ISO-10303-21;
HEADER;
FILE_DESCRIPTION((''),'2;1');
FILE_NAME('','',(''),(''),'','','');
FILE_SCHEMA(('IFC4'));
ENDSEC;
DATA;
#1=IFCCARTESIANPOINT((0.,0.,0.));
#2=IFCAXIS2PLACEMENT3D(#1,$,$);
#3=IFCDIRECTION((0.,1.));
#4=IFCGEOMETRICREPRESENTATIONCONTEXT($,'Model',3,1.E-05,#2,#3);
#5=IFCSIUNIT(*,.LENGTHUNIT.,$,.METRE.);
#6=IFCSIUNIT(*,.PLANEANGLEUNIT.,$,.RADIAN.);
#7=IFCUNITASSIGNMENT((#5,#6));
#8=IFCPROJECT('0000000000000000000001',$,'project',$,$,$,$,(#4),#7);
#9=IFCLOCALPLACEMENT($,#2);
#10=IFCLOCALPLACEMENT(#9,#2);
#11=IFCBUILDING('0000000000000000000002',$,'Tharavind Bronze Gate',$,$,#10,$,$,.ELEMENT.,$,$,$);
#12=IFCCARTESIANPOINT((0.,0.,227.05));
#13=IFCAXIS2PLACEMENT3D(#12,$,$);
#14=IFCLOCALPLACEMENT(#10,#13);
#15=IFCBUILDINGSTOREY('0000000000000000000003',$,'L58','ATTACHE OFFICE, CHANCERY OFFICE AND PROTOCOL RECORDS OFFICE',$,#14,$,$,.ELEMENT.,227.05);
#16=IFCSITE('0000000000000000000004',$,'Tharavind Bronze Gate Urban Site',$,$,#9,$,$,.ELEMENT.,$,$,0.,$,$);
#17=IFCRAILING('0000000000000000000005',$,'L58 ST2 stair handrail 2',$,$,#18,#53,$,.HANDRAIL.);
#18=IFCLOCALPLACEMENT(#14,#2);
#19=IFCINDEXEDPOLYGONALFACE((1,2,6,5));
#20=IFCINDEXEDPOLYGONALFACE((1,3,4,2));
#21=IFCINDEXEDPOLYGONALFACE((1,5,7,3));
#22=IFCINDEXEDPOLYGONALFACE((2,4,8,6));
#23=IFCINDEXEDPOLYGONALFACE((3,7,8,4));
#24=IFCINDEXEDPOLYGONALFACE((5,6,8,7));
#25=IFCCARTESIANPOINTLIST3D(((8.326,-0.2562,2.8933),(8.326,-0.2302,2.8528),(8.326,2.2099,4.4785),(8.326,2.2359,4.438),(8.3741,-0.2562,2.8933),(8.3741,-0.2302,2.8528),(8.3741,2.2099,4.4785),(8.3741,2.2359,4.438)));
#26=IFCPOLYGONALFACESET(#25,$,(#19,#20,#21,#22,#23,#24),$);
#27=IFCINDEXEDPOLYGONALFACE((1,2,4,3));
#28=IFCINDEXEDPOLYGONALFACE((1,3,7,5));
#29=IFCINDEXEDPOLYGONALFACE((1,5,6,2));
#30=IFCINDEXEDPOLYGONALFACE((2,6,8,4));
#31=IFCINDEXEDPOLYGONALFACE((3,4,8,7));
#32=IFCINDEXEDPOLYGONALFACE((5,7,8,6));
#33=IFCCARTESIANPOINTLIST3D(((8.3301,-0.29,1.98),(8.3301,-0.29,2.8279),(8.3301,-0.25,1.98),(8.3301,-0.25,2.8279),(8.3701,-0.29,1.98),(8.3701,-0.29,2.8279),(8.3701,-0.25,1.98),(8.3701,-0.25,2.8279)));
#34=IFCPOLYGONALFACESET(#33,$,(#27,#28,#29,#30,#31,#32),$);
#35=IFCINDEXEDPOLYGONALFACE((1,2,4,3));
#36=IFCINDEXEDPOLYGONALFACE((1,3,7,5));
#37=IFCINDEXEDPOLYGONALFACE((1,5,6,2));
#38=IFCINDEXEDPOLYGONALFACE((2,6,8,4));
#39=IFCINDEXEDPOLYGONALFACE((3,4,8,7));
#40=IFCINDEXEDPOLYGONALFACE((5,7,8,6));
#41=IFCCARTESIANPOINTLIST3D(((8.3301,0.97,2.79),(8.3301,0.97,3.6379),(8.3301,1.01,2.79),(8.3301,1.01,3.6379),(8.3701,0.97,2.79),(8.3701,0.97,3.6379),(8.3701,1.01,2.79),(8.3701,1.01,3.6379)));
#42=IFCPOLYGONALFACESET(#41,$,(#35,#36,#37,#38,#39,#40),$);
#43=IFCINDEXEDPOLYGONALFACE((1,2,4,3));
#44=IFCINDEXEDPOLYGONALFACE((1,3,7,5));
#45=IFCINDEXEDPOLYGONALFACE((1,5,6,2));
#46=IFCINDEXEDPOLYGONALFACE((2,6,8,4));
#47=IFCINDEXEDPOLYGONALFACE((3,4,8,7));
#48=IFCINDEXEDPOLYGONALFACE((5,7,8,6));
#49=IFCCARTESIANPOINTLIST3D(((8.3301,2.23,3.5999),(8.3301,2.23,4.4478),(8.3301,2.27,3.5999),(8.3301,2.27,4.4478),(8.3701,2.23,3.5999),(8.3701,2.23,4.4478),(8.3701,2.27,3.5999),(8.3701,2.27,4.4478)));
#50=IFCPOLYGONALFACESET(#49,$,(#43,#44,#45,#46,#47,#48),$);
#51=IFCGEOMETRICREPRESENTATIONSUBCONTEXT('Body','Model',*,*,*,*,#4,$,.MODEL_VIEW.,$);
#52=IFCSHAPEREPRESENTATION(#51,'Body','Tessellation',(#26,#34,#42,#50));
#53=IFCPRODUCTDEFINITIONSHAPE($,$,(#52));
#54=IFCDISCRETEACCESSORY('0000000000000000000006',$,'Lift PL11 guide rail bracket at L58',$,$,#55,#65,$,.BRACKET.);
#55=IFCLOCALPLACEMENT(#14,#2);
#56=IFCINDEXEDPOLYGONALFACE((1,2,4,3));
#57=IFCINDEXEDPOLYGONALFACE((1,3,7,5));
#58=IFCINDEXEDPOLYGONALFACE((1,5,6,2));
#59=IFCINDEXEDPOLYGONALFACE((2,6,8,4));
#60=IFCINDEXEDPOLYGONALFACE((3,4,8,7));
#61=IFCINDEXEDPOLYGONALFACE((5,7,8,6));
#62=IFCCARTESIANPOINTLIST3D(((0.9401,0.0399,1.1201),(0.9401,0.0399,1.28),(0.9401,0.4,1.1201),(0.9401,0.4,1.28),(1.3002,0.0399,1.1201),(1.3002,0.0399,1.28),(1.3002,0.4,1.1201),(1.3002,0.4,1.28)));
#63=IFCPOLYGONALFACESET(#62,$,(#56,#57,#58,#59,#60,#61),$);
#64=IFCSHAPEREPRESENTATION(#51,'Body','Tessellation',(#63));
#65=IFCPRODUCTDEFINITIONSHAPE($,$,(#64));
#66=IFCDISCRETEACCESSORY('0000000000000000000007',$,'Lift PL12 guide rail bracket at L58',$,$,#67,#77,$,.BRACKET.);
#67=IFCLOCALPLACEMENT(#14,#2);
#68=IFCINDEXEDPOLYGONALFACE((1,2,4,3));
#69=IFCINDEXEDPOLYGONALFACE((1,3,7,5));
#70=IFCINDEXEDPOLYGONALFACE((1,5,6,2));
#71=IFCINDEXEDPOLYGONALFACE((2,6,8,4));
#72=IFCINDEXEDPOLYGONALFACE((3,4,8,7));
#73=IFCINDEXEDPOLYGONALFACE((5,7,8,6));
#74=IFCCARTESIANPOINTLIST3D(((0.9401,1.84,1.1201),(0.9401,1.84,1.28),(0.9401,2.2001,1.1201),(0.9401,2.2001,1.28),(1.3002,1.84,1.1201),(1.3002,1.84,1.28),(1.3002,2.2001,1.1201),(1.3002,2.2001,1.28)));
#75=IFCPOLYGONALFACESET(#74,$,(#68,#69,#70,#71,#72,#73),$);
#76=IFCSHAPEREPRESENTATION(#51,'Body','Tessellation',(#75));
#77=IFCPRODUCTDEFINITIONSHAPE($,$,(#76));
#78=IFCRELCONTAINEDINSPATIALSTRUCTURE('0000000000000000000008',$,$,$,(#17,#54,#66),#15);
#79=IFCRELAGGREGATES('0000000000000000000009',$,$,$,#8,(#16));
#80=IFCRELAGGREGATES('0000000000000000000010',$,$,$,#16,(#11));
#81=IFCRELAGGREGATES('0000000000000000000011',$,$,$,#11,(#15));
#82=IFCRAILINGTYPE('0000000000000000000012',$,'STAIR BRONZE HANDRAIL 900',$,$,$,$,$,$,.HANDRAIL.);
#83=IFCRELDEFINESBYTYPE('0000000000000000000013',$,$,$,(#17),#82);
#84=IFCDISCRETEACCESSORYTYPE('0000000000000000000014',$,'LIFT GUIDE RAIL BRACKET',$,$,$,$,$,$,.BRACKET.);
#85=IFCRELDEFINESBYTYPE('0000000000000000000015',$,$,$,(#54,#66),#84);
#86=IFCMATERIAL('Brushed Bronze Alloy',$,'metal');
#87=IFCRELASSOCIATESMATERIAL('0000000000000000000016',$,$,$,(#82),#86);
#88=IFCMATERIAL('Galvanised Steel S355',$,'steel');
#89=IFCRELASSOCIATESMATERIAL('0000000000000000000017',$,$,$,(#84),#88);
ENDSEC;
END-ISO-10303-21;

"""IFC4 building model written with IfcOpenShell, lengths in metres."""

from ifc_helpers import new_model, si_unit, direction, frame, origin, origin_2d, place, context, subcontext, project, spatial, rectangle, extrude, material, type_object, element, save


model = new_model("IFC4")

# Units and contexts
model_context = context("Model", 3, precision=1e-05, world=origin(), true_north=direction((0.0, 1.0)))
body_context = subcontext(model_context, "Body", "Model", "MODEL_VIEW")
ifc_project = project(units=[si_unit("LENGTHUNIT", "METRE"), si_unit("PLANEANGLEUNIT", "RADIAN")], contexts=[model_context])

# Site, building, storey
site_placement = place(None, origin())
site = spatial("IfcSite", under=ifc_project, at=site_placement, Name="Tharavind Bronze Gate Urban Site", CompositionType="ELEMENT", RefElevation=0.0)
building_placement = place(site_placement, origin())
building = spatial("IfcBuilding", under=site, at=building_placement, Name="Tharavind Bronze Gate", CompositionType="ELEMENT")
storey_placement = place(building_placement, frame((0.0, 0.0, 227.05)))
storey = spatial("IfcBuildingStorey", under=building, at=storey_placement, Name="L58", Description="ATTACHE OFFICE, CHANCERY OFFICE AND PROTOCOL RECORDS OFFICE", CompositionType="ELEMENT", Elevation=227.05)

# Railing
ifc_material_1 = material(Name="Brushed Bronze Alloy", Category="metal")
railing_type = type_object("IfcRailingType", Name="STAIR BRONZE HANDRAIL 900", PredefinedType="HANDRAIL", material=ifc_material_1)
railing_1_placement = place(storey_placement, frame((8.3501, -0.27, 1.98)))
element("IfcRailing", 1, at=railing_1_placement, inside=storey, type_object=railing_type, Name="L58 ST2 stair handrail 2", PredefinedType="HANDRAIL", context=body_context, shape_type="SweptSolid", body=[
    extrude(rectangle(XDim=0.0481, YDim=0.0481, at=origin_2d()), frame((0.0, 0.0269, 0.8931), z_axis=(0.0, 0.8412, 0.540725), x_axis=(-1.0, 0.0, 0.0)), (0.0, 0.0, 1.0), 2.9316),
    extrude(rectangle(XDim=0.04, YDim=0.04, at=origin_2d()), origin(), (0.0, 0.0, 1.0), 0.8479),
    extrude(rectangle(XDim=0.04, YDim=0.04, at=origin_2d()), frame((0.0, 1.26, 0.8101)), (0.0, 0.0, 1.0), 0.8479),
    extrude(rectangle(XDim=0.04, YDim=0.04, at=origin_2d()), frame((0.0, 2.52, 1.6199)), (0.0, 0.0, 1.0), 0.8479),
])

# Discrete accessories
ifc_material_2 = material(Name="Galvanised Steel S355", Category="steel")
discrete_accessory_type = type_object("IfcDiscreteAccessoryType", Name="LIFT GUIDE RAIL BRACKET", PredefinedType="BRACKET", material=ifc_material_2)
for number, where, z_axis, x_axis, name in (
    (2, (1.1201, 0.22, 1.1201), (0.0, 0.0, 1.0), (1.0, 0.0, 0.0), "Lift PL11 guide rail bracket at L58"),
    (3, (1.1201, 2.02, 1.1201), (0.0, 0.0, 1.0), (1.0, 0.0, 0.0), "Lift PL12 guide rail bracket at L58"),
):
    element("IfcDiscreteAccessory", number, at=place(storey_placement, frame(where, z_axis=z_axis, x_axis=x_axis)), inside=storey, type_object=discrete_accessory_type, Name=name, PredefinedType="BRACKET", context=body_context, shape_type="SweptSolid", body=[
        extrude(rectangle(XDim=0.3601, YDim=0.3601, at=origin_2d()), origin(), (0.0, 0.0, 1.0), 0.1599),
    ])

save(model, "model.ifc")
